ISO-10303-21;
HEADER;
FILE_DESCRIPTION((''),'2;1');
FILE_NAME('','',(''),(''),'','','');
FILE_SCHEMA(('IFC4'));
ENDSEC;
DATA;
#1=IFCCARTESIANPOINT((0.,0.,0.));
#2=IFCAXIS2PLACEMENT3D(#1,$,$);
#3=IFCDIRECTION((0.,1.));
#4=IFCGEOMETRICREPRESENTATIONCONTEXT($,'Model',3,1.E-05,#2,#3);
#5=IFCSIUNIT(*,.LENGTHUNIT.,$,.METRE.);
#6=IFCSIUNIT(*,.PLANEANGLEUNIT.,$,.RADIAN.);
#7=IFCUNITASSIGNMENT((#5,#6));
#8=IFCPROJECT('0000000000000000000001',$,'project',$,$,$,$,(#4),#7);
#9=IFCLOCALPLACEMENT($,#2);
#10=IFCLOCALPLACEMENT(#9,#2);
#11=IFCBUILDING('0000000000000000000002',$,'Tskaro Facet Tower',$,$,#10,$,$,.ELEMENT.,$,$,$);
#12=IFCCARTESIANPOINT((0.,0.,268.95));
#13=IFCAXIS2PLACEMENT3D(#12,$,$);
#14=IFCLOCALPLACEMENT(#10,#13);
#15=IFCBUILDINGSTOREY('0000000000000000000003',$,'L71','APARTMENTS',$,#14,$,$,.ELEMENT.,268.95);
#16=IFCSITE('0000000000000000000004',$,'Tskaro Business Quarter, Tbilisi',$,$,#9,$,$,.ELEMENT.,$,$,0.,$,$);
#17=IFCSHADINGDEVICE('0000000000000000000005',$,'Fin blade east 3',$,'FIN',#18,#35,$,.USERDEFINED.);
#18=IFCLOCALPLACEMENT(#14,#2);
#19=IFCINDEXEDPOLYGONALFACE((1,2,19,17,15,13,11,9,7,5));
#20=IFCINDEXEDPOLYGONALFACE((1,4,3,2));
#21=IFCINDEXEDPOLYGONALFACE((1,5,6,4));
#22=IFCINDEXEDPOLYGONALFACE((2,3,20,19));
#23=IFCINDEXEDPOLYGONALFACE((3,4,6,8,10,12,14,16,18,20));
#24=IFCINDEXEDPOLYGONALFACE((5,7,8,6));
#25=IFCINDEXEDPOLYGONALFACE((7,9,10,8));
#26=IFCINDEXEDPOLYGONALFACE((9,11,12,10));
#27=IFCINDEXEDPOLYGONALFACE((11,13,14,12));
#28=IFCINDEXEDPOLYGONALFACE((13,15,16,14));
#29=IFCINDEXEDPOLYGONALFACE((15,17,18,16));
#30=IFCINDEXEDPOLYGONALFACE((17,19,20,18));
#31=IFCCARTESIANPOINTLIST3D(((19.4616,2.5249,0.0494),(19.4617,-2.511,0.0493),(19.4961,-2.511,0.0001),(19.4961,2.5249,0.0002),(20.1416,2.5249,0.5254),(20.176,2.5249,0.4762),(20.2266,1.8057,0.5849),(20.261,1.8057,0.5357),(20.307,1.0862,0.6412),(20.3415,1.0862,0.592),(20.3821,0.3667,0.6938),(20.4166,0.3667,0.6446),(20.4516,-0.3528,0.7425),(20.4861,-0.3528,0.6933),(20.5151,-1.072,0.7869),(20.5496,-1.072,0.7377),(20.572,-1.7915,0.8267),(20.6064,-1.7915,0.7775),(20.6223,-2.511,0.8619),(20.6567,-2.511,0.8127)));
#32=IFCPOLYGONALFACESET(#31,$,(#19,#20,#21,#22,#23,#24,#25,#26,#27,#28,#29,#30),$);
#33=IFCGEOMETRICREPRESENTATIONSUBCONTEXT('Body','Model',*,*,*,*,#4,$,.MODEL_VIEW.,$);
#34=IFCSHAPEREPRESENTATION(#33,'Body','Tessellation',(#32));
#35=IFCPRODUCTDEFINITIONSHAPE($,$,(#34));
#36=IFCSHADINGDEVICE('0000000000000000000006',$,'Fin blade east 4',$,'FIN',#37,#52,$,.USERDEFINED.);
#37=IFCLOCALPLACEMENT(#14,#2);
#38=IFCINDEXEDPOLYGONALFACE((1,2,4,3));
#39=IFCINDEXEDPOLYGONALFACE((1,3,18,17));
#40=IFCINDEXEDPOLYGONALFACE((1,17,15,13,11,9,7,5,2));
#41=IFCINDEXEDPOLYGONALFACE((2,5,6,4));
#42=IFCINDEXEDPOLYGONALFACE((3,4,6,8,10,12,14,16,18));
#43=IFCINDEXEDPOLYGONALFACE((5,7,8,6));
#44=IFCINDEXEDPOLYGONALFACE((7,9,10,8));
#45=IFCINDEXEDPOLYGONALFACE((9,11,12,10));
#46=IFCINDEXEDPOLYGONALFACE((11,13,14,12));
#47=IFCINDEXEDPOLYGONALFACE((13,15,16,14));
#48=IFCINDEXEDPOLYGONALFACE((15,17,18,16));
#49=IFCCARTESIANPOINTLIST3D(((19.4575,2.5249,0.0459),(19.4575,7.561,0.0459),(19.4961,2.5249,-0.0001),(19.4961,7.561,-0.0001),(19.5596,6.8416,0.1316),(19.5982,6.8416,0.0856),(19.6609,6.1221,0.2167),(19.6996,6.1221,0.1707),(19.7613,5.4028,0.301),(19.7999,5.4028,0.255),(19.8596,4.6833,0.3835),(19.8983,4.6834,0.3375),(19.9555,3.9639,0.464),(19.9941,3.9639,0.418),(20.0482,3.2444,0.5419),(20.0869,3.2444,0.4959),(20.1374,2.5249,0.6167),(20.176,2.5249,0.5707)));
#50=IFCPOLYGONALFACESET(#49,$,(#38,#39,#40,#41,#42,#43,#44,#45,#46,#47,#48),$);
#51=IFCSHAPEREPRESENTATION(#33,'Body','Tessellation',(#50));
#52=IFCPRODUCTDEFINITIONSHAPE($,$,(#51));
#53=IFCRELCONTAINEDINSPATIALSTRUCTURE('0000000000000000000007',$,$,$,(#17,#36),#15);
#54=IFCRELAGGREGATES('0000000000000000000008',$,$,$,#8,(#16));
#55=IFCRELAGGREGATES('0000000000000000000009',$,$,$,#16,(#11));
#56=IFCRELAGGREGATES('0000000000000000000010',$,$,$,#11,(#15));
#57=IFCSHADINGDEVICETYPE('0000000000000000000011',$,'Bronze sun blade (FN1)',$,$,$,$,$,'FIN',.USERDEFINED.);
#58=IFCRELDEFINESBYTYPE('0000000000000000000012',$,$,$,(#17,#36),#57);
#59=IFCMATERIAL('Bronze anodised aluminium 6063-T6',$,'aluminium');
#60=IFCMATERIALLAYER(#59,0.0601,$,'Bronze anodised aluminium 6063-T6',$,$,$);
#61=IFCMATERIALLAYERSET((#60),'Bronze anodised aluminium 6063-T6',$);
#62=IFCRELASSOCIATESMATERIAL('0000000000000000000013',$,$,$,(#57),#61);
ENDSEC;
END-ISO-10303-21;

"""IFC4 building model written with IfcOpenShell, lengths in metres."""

from ifc_helpers import new_model, si_unit, direction, frame, origin, place, context, subcontext, project, spatial, polyline, outline, extrude, material, layer, layer_set, type_object, element, save


model = new_model("IFC4")

# Units and contexts
model_context = context("Model", 3, precision=1e-05, world=origin(), true_north=direction((0.0, 1.0)))
body_context = subcontext(model_context, "Body", "Model", "MODEL_VIEW")
ifc_project = project(units=[si_unit("LENGTHUNIT", "METRE"), si_unit("PLANEANGLEUNIT", "RADIAN")], contexts=[model_context])

# Site, building, storey
site_placement = place(None, origin())
site = spatial("IfcSite", under=ifc_project, at=site_placement, Name="Tskaro Business Quarter, Tbilisi", CompositionType="ELEMENT", RefElevation=0.0)
building_placement = place(site_placement, origin())
building = spatial("IfcBuilding", under=site, at=building_placement, Name="Tskaro Facet Tower", CompositionType="ELEMENT")
storey_placement = place(building_placement, frame((0.0, 0.0, 268.95)))
storey = spatial("IfcBuildingStorey", under=building, at=storey_placement, Name="L71", Description="APARTMENTS", CompositionType="ELEMENT", Elevation=268.95)

# Shared definitions
ifc_material_1 = material(Name="Bronze anodised aluminium 6063-T6", Category="aluminium")

# Shading devices
ifc_layer_1 = layer(ifc_material_1, 0.0601, Name="Bronze anodised aluminium 6063-T6")
ifc_layer_set_1 = layer_set([ifc_layer_1], Name="Bronze anodised aluminium 6063-T6")
shading_device_type = type_object("IfcShadingDeviceType", Name="Bronze sun blade (FN1)", ElementType="FIN", PredefinedType="USERDEFINED", material=ifc_layer_set_1)
shading_device_1_placement = place(storey_placement, frame((19.4617, -2.511, 0.0493), z_axis=(-0.573534, -0.000013, 0.819181), x_axis=(-0.000007, 1.0, 0.00001)))
element("IfcShadingDevice", 1, at=shading_device_1_placement, inside=storey, type_object=shading_device_type, Name="Fin blade east 3", ObjectType="FIN", PredefinedType="USERDEFINED", context=body_context, shape_type="SweptSolid", body=[
    extrude(outline(polyline([(0.0, 0.0), (5.0359, 0.0), (5.0359, -0.83), (4.3167, -0.9338), (3.5972, -1.032), (2.8777, -1.1236), (2.1582, -1.2085), (1.439, -1.286), (0.7195, -1.3554), (0.0, -1.4168), (0.0, 0.0)])), origin(), (0.0, 0.0, -1.0), 0.0601),
])
shading_device_2_placement = place(storey_placement, frame((19.4575, 2.5249, 0.0459), z_axis=(-0.642995, -0.000008, 0.76587), x_axis=(-0.000005, 1.0, 0.000006)))
element("IfcShadingDevice", 2, at=shading_device_2_placement, inside=storey, type_object=shading_device_type, Name="Fin blade east 4", ObjectType="FIN", PredefinedType="USERDEFINED", context=body_context, shape_type="SweptSolid", body=[
    extrude(outline(polyline([(0.0, 0.0), (5.0361, 0.0), (4.3167, -0.1333), (3.5972, -0.2656), (2.8779, -0.3966), (2.1584, -0.5251), (1.439, -0.6502), (0.7195, -0.7713), (0.0, -0.8878), (0.0, 0.0)])), origin(), (0.0, 0.0, -1.0), 0.0601),
])

save(model, "model.ifc")
